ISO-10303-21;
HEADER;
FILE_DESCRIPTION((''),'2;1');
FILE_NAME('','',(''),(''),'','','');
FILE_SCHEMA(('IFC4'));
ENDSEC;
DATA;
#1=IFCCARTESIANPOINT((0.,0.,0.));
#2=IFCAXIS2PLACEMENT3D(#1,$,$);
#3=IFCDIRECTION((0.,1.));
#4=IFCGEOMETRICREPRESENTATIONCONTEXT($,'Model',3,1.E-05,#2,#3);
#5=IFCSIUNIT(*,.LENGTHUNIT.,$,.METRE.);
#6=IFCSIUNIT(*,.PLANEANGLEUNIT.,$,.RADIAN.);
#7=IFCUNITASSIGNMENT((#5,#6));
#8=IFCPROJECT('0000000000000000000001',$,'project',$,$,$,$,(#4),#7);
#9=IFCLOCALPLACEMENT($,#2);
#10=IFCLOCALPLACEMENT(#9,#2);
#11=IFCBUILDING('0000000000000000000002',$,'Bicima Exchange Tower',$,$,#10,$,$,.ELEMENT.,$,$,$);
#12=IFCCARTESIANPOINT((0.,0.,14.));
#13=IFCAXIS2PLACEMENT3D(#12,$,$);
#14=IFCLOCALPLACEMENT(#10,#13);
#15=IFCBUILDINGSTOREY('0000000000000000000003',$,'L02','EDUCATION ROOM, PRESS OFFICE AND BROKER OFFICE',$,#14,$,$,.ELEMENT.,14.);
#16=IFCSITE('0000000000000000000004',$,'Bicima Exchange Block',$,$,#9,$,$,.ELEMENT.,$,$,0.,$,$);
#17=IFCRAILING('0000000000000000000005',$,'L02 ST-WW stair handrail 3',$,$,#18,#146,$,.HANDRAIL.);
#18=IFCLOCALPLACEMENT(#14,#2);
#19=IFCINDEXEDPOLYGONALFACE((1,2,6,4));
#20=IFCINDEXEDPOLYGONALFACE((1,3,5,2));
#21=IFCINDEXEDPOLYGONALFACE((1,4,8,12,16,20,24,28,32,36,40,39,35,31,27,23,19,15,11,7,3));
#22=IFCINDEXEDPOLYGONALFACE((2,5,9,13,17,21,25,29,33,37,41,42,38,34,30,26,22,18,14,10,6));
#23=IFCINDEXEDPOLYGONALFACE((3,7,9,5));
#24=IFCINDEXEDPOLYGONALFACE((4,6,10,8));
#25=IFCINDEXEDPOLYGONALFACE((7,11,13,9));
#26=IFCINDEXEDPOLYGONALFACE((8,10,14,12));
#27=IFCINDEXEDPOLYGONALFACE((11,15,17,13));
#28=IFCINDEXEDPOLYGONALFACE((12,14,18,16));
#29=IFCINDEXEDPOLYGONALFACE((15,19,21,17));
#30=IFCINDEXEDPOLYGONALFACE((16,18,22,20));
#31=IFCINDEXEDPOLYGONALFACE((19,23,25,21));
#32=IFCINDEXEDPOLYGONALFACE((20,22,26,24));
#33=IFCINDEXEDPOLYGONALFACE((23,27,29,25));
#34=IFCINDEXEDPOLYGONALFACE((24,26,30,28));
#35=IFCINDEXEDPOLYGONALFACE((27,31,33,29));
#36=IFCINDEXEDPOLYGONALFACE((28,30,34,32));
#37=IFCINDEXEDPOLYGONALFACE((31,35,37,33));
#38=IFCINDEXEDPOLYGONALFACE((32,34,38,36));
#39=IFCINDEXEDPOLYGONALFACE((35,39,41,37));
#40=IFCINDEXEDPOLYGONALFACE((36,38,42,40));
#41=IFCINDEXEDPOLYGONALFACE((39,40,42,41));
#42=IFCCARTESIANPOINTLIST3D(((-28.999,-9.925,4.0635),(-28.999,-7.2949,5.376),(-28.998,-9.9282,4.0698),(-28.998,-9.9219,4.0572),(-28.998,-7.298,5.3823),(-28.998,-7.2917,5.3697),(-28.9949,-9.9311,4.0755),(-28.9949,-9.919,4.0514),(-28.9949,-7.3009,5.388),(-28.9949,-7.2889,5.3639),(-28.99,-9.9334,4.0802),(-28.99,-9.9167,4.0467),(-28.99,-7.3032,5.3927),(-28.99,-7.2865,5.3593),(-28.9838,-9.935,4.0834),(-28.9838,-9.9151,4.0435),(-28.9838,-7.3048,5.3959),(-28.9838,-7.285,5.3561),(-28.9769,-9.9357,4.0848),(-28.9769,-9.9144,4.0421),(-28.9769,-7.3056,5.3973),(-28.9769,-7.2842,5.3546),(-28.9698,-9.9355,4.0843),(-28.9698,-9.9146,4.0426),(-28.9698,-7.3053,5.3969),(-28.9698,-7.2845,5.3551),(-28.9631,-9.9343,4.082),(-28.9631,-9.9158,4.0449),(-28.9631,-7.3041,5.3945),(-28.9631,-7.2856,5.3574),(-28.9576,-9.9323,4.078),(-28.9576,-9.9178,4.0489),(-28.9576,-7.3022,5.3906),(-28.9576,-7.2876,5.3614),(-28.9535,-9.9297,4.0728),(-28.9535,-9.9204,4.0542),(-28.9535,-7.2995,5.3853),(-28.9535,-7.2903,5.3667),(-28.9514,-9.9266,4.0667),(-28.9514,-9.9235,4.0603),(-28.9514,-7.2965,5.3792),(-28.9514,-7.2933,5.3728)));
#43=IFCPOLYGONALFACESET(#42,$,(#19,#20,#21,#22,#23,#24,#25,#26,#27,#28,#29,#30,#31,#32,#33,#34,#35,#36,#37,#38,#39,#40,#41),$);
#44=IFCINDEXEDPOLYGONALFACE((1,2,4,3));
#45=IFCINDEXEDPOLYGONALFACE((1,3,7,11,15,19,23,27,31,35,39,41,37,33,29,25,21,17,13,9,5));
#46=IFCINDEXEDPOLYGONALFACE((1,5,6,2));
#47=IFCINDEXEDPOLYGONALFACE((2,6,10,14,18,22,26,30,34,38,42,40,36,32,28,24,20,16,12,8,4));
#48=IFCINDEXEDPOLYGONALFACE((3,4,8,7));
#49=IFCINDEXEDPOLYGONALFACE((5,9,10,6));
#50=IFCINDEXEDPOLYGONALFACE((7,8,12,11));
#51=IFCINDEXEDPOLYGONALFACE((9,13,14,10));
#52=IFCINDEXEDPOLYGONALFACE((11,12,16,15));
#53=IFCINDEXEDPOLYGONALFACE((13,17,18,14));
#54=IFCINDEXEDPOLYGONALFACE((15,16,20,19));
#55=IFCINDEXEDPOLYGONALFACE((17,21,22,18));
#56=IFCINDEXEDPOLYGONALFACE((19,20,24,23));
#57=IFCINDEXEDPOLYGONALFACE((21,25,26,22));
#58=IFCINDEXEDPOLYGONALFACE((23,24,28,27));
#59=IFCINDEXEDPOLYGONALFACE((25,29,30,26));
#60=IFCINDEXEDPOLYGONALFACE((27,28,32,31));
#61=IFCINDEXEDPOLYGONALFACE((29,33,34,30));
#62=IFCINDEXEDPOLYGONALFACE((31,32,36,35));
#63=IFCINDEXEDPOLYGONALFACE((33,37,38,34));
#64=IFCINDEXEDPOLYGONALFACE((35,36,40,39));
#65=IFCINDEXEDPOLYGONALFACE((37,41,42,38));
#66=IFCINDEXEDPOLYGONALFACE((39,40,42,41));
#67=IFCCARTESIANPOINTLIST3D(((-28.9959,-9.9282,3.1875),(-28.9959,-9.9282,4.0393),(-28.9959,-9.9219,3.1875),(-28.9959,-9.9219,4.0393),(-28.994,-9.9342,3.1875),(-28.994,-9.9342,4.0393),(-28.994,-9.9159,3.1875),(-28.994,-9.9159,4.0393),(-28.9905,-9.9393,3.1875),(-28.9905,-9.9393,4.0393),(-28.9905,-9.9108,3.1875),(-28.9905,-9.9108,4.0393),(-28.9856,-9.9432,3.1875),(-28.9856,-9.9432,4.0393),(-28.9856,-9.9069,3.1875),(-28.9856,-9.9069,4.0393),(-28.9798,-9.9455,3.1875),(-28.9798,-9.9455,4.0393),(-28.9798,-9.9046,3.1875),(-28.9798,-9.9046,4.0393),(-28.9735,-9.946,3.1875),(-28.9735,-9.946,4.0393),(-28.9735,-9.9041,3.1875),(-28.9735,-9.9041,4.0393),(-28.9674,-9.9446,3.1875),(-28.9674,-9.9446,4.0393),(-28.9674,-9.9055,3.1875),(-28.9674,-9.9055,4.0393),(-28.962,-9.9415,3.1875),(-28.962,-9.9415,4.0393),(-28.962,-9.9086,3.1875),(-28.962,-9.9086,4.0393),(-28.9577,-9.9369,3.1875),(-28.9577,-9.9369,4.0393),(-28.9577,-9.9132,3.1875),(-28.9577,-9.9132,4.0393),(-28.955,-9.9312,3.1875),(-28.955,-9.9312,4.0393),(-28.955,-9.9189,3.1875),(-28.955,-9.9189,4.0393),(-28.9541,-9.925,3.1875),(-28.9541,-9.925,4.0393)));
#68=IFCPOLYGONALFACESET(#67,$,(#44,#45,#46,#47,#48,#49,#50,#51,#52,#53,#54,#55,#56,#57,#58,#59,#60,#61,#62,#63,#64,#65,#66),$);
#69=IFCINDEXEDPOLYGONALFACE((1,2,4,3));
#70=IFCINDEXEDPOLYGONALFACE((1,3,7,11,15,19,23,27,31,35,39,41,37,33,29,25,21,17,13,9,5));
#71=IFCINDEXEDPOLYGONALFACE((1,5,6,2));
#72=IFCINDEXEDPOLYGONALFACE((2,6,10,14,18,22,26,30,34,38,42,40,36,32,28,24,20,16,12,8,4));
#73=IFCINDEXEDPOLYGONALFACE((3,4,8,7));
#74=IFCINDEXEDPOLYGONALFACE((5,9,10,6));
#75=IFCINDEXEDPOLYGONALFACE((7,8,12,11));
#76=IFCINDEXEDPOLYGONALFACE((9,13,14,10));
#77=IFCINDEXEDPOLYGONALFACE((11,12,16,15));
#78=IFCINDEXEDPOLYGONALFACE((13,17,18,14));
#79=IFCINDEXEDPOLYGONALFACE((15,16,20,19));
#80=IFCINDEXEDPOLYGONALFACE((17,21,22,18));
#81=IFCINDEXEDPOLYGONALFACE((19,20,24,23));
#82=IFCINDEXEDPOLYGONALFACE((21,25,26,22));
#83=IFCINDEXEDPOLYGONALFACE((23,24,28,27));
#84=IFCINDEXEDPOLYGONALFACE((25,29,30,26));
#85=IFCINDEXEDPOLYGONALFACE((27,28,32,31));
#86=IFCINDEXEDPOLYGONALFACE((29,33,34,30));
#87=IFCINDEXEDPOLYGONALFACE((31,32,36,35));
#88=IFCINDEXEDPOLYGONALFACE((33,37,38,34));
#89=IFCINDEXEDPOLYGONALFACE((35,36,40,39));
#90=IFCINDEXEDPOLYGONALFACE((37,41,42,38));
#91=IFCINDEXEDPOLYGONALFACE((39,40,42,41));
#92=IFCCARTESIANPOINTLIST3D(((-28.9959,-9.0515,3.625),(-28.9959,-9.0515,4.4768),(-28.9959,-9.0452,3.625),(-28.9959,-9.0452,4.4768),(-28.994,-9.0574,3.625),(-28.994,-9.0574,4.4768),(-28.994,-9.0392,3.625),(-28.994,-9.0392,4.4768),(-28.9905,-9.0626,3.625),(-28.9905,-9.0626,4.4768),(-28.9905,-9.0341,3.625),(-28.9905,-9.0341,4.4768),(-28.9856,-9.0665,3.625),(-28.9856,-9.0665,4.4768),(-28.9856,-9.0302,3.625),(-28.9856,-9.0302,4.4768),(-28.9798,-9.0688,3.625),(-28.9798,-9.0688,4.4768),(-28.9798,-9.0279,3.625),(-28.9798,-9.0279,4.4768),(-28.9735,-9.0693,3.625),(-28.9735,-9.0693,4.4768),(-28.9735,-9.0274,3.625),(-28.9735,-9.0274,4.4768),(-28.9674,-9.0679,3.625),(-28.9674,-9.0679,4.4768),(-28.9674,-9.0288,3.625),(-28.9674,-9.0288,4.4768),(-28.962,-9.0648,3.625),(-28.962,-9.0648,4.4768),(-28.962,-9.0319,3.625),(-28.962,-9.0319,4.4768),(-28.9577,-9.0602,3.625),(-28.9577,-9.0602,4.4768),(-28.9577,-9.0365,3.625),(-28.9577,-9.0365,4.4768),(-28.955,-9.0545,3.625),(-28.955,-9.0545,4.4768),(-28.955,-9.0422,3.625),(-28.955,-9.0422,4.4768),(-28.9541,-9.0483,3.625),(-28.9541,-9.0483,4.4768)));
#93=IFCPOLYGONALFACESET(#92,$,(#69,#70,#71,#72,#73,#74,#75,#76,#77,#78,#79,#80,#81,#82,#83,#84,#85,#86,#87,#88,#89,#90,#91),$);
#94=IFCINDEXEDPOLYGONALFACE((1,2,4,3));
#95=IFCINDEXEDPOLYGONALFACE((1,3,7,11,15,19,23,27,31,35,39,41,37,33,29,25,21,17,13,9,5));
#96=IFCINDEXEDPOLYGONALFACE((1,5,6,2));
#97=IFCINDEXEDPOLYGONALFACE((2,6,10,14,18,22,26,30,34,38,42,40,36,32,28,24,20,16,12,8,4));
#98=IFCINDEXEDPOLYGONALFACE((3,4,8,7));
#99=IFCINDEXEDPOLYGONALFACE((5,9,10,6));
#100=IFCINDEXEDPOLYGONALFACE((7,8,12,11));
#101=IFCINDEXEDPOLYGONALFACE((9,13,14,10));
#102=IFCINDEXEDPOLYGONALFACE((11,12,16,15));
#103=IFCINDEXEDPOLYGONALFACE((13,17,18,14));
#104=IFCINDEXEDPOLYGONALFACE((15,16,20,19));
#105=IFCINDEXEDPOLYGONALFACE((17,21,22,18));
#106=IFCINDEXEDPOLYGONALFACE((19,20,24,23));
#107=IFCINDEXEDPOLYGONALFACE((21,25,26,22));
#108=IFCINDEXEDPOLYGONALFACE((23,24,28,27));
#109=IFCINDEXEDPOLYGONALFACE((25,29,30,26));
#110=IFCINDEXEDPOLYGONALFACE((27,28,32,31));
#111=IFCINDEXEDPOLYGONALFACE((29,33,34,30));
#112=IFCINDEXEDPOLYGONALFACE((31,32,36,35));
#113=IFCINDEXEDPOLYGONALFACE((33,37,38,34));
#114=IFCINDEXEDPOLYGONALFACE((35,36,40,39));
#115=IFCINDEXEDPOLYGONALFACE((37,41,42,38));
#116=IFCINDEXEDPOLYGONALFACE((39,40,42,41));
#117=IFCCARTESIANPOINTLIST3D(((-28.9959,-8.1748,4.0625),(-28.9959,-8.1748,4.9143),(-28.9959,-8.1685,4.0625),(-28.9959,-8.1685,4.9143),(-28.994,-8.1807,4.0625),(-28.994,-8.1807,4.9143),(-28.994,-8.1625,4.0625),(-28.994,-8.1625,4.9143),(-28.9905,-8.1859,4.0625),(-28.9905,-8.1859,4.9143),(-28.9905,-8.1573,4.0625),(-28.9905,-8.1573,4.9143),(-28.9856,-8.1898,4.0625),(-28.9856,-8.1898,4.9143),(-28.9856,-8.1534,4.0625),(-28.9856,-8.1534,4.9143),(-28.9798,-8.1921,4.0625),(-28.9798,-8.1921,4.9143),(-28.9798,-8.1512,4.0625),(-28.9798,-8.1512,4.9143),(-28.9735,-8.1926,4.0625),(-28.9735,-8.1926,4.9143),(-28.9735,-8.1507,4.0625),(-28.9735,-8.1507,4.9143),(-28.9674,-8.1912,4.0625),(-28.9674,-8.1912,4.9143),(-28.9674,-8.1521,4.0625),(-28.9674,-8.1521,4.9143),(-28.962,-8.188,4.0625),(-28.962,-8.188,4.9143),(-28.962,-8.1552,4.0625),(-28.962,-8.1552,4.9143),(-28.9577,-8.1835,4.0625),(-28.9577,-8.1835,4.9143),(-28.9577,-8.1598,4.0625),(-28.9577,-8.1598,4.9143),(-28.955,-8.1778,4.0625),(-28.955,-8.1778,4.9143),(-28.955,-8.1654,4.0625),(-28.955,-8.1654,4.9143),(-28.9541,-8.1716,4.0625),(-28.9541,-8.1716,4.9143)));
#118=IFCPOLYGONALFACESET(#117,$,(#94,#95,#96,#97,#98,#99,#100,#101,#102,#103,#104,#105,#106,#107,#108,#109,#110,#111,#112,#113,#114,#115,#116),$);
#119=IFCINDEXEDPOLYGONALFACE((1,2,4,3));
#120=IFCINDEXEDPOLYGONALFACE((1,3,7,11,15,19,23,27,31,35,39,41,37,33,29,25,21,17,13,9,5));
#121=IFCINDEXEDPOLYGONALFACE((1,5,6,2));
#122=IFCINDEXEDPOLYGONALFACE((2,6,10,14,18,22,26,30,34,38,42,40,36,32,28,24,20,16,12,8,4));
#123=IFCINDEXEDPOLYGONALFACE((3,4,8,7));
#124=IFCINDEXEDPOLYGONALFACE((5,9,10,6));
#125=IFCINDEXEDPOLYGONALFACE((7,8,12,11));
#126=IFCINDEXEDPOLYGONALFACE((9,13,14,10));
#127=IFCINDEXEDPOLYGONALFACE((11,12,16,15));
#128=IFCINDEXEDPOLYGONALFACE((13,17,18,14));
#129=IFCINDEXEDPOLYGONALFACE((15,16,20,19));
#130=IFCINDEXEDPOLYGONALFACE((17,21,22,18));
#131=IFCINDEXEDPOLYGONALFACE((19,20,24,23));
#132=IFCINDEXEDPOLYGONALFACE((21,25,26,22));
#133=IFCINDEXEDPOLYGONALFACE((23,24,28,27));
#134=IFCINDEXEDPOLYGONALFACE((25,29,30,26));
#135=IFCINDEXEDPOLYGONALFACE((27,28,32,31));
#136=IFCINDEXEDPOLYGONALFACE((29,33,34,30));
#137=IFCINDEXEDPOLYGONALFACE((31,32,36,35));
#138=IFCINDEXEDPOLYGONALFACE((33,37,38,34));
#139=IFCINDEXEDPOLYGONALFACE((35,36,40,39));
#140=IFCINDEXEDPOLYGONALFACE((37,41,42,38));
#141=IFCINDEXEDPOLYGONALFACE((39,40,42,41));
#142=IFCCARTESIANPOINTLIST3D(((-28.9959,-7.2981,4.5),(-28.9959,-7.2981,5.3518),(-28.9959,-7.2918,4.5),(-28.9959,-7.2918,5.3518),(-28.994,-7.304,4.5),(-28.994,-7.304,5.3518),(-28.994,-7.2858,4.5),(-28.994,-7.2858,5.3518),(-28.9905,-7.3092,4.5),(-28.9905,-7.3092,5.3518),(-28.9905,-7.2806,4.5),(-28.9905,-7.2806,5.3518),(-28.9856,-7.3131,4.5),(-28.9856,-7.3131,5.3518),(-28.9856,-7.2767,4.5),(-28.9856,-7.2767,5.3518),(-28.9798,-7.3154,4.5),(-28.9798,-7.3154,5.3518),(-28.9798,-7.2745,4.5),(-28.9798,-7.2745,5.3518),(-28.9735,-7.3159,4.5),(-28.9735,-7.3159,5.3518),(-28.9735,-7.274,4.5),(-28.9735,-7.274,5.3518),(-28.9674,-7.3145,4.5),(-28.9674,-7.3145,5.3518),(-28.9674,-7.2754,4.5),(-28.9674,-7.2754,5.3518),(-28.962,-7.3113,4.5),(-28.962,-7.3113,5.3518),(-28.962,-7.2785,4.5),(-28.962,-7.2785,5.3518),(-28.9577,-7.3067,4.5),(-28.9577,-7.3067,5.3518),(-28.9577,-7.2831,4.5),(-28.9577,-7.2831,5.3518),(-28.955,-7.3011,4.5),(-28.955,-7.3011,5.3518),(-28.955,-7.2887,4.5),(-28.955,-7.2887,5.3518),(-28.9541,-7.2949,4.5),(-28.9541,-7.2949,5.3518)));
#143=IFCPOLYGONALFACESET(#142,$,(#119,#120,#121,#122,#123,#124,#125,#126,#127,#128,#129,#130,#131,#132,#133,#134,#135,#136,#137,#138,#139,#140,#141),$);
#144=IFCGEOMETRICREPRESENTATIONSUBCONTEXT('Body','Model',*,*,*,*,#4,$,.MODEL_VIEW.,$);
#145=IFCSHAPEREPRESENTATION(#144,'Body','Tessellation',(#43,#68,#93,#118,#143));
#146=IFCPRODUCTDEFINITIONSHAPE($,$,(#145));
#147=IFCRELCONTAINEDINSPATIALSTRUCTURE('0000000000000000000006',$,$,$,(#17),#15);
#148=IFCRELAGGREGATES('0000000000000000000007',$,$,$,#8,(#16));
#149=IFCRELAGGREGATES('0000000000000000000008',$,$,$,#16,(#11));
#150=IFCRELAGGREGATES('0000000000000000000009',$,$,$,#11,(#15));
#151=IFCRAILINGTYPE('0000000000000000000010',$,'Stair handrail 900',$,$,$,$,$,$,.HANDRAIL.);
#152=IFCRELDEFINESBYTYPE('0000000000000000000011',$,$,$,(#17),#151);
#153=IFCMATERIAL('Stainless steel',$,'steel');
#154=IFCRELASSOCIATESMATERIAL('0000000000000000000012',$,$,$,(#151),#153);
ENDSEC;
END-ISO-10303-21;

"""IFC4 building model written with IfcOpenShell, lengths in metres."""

from ifc_helpers import new_model, si_unit, direction, frame, origin, origin_2d, place, context, subcontext, project, spatial, circle, extrude, material, type_object, element, save


model = new_model("IFC4")

# Units and contexts
model_context = context("Model", 3, precision=1e-05, world=origin(), true_north=direction((0.0, 1.0)))
body_context = subcontext(model_context, "Body", "Model", "MODEL_VIEW")
ifc_project = project(units=[si_unit("LENGTHUNIT", "METRE"), si_unit("PLANEANGLEUNIT", "RADIAN")], contexts=[model_context])

# Site, building, storey
site_placement = place(None, origin())
site = spatial("IfcSite", under=ifc_project, at=site_placement, Name="Bicima Exchange Block", CompositionType="ELEMENT", RefElevation=0.0)
building_placement = place(site_placement, origin())
building = spatial("IfcBuilding", under=site, at=building_placement, Name="Bicima Exchange Tower", CompositionType="ELEMENT")
storey_placement = place(building_placement, frame((0.0, 0.0, 14.0)))
storey = spatial("IfcBuildingStorey", under=building, at=storey_placement, Name="L02", Description="EDUCATION ROOM, PRESS OFFICE AND BROKER OFFICE", CompositionType="ELEMENT", Elevation=14.0)

# Railing
ifc_material_1 = material(Name="Stainless steel", Category="steel")
railing_type_1 = type_object("IfcRailingType", Name="Stair handrail 900", PredefinedType="HANDRAIL", material=ifc_material_1)
railing_1_placement = place(storey_placement, frame((-28.9751, -9.925, 3.1875)))
element("IfcRailing", 1, at=railing_1_placement, inside=storey, type_object=railing_type_1, Name="L02 ST-WW stair handrail 3", PredefinedType="HANDRAIL", context=body_context, shape_type="SweptSolid", body=[
    extrude(circle(Radius=0.0239, at=origin_2d()), frame((0.0, 0.0, 0.876), z_axis=(0.0, 0.894776, 0.446516), x_axis=(-1.0, 0.0, 0.0)), (0.0, 0.0, 1.0), 2.9395),
    extrude(circle(Radius=0.021, at=origin_2d()), origin(), (0.0, 0.0, 1.0), 0.8518),
    extrude(circle(Radius=0.021, at=origin_2d()), frame((0.0, 0.8767, 0.4375)), (0.0, 0.0, 1.0), 0.8518),
    extrude(circle(Radius=0.021, at=origin_2d()), frame((0.0, 1.7534, 0.875)), (0.0, 0.0, 1.0), 0.8518),
    extrude(circle(Radius=0.021, at=origin_2d()), frame((0.0, 2.6301, 1.3125)), (0.0, 0.0, 1.0), 0.8518),
])

save(model, "model.ifc")
